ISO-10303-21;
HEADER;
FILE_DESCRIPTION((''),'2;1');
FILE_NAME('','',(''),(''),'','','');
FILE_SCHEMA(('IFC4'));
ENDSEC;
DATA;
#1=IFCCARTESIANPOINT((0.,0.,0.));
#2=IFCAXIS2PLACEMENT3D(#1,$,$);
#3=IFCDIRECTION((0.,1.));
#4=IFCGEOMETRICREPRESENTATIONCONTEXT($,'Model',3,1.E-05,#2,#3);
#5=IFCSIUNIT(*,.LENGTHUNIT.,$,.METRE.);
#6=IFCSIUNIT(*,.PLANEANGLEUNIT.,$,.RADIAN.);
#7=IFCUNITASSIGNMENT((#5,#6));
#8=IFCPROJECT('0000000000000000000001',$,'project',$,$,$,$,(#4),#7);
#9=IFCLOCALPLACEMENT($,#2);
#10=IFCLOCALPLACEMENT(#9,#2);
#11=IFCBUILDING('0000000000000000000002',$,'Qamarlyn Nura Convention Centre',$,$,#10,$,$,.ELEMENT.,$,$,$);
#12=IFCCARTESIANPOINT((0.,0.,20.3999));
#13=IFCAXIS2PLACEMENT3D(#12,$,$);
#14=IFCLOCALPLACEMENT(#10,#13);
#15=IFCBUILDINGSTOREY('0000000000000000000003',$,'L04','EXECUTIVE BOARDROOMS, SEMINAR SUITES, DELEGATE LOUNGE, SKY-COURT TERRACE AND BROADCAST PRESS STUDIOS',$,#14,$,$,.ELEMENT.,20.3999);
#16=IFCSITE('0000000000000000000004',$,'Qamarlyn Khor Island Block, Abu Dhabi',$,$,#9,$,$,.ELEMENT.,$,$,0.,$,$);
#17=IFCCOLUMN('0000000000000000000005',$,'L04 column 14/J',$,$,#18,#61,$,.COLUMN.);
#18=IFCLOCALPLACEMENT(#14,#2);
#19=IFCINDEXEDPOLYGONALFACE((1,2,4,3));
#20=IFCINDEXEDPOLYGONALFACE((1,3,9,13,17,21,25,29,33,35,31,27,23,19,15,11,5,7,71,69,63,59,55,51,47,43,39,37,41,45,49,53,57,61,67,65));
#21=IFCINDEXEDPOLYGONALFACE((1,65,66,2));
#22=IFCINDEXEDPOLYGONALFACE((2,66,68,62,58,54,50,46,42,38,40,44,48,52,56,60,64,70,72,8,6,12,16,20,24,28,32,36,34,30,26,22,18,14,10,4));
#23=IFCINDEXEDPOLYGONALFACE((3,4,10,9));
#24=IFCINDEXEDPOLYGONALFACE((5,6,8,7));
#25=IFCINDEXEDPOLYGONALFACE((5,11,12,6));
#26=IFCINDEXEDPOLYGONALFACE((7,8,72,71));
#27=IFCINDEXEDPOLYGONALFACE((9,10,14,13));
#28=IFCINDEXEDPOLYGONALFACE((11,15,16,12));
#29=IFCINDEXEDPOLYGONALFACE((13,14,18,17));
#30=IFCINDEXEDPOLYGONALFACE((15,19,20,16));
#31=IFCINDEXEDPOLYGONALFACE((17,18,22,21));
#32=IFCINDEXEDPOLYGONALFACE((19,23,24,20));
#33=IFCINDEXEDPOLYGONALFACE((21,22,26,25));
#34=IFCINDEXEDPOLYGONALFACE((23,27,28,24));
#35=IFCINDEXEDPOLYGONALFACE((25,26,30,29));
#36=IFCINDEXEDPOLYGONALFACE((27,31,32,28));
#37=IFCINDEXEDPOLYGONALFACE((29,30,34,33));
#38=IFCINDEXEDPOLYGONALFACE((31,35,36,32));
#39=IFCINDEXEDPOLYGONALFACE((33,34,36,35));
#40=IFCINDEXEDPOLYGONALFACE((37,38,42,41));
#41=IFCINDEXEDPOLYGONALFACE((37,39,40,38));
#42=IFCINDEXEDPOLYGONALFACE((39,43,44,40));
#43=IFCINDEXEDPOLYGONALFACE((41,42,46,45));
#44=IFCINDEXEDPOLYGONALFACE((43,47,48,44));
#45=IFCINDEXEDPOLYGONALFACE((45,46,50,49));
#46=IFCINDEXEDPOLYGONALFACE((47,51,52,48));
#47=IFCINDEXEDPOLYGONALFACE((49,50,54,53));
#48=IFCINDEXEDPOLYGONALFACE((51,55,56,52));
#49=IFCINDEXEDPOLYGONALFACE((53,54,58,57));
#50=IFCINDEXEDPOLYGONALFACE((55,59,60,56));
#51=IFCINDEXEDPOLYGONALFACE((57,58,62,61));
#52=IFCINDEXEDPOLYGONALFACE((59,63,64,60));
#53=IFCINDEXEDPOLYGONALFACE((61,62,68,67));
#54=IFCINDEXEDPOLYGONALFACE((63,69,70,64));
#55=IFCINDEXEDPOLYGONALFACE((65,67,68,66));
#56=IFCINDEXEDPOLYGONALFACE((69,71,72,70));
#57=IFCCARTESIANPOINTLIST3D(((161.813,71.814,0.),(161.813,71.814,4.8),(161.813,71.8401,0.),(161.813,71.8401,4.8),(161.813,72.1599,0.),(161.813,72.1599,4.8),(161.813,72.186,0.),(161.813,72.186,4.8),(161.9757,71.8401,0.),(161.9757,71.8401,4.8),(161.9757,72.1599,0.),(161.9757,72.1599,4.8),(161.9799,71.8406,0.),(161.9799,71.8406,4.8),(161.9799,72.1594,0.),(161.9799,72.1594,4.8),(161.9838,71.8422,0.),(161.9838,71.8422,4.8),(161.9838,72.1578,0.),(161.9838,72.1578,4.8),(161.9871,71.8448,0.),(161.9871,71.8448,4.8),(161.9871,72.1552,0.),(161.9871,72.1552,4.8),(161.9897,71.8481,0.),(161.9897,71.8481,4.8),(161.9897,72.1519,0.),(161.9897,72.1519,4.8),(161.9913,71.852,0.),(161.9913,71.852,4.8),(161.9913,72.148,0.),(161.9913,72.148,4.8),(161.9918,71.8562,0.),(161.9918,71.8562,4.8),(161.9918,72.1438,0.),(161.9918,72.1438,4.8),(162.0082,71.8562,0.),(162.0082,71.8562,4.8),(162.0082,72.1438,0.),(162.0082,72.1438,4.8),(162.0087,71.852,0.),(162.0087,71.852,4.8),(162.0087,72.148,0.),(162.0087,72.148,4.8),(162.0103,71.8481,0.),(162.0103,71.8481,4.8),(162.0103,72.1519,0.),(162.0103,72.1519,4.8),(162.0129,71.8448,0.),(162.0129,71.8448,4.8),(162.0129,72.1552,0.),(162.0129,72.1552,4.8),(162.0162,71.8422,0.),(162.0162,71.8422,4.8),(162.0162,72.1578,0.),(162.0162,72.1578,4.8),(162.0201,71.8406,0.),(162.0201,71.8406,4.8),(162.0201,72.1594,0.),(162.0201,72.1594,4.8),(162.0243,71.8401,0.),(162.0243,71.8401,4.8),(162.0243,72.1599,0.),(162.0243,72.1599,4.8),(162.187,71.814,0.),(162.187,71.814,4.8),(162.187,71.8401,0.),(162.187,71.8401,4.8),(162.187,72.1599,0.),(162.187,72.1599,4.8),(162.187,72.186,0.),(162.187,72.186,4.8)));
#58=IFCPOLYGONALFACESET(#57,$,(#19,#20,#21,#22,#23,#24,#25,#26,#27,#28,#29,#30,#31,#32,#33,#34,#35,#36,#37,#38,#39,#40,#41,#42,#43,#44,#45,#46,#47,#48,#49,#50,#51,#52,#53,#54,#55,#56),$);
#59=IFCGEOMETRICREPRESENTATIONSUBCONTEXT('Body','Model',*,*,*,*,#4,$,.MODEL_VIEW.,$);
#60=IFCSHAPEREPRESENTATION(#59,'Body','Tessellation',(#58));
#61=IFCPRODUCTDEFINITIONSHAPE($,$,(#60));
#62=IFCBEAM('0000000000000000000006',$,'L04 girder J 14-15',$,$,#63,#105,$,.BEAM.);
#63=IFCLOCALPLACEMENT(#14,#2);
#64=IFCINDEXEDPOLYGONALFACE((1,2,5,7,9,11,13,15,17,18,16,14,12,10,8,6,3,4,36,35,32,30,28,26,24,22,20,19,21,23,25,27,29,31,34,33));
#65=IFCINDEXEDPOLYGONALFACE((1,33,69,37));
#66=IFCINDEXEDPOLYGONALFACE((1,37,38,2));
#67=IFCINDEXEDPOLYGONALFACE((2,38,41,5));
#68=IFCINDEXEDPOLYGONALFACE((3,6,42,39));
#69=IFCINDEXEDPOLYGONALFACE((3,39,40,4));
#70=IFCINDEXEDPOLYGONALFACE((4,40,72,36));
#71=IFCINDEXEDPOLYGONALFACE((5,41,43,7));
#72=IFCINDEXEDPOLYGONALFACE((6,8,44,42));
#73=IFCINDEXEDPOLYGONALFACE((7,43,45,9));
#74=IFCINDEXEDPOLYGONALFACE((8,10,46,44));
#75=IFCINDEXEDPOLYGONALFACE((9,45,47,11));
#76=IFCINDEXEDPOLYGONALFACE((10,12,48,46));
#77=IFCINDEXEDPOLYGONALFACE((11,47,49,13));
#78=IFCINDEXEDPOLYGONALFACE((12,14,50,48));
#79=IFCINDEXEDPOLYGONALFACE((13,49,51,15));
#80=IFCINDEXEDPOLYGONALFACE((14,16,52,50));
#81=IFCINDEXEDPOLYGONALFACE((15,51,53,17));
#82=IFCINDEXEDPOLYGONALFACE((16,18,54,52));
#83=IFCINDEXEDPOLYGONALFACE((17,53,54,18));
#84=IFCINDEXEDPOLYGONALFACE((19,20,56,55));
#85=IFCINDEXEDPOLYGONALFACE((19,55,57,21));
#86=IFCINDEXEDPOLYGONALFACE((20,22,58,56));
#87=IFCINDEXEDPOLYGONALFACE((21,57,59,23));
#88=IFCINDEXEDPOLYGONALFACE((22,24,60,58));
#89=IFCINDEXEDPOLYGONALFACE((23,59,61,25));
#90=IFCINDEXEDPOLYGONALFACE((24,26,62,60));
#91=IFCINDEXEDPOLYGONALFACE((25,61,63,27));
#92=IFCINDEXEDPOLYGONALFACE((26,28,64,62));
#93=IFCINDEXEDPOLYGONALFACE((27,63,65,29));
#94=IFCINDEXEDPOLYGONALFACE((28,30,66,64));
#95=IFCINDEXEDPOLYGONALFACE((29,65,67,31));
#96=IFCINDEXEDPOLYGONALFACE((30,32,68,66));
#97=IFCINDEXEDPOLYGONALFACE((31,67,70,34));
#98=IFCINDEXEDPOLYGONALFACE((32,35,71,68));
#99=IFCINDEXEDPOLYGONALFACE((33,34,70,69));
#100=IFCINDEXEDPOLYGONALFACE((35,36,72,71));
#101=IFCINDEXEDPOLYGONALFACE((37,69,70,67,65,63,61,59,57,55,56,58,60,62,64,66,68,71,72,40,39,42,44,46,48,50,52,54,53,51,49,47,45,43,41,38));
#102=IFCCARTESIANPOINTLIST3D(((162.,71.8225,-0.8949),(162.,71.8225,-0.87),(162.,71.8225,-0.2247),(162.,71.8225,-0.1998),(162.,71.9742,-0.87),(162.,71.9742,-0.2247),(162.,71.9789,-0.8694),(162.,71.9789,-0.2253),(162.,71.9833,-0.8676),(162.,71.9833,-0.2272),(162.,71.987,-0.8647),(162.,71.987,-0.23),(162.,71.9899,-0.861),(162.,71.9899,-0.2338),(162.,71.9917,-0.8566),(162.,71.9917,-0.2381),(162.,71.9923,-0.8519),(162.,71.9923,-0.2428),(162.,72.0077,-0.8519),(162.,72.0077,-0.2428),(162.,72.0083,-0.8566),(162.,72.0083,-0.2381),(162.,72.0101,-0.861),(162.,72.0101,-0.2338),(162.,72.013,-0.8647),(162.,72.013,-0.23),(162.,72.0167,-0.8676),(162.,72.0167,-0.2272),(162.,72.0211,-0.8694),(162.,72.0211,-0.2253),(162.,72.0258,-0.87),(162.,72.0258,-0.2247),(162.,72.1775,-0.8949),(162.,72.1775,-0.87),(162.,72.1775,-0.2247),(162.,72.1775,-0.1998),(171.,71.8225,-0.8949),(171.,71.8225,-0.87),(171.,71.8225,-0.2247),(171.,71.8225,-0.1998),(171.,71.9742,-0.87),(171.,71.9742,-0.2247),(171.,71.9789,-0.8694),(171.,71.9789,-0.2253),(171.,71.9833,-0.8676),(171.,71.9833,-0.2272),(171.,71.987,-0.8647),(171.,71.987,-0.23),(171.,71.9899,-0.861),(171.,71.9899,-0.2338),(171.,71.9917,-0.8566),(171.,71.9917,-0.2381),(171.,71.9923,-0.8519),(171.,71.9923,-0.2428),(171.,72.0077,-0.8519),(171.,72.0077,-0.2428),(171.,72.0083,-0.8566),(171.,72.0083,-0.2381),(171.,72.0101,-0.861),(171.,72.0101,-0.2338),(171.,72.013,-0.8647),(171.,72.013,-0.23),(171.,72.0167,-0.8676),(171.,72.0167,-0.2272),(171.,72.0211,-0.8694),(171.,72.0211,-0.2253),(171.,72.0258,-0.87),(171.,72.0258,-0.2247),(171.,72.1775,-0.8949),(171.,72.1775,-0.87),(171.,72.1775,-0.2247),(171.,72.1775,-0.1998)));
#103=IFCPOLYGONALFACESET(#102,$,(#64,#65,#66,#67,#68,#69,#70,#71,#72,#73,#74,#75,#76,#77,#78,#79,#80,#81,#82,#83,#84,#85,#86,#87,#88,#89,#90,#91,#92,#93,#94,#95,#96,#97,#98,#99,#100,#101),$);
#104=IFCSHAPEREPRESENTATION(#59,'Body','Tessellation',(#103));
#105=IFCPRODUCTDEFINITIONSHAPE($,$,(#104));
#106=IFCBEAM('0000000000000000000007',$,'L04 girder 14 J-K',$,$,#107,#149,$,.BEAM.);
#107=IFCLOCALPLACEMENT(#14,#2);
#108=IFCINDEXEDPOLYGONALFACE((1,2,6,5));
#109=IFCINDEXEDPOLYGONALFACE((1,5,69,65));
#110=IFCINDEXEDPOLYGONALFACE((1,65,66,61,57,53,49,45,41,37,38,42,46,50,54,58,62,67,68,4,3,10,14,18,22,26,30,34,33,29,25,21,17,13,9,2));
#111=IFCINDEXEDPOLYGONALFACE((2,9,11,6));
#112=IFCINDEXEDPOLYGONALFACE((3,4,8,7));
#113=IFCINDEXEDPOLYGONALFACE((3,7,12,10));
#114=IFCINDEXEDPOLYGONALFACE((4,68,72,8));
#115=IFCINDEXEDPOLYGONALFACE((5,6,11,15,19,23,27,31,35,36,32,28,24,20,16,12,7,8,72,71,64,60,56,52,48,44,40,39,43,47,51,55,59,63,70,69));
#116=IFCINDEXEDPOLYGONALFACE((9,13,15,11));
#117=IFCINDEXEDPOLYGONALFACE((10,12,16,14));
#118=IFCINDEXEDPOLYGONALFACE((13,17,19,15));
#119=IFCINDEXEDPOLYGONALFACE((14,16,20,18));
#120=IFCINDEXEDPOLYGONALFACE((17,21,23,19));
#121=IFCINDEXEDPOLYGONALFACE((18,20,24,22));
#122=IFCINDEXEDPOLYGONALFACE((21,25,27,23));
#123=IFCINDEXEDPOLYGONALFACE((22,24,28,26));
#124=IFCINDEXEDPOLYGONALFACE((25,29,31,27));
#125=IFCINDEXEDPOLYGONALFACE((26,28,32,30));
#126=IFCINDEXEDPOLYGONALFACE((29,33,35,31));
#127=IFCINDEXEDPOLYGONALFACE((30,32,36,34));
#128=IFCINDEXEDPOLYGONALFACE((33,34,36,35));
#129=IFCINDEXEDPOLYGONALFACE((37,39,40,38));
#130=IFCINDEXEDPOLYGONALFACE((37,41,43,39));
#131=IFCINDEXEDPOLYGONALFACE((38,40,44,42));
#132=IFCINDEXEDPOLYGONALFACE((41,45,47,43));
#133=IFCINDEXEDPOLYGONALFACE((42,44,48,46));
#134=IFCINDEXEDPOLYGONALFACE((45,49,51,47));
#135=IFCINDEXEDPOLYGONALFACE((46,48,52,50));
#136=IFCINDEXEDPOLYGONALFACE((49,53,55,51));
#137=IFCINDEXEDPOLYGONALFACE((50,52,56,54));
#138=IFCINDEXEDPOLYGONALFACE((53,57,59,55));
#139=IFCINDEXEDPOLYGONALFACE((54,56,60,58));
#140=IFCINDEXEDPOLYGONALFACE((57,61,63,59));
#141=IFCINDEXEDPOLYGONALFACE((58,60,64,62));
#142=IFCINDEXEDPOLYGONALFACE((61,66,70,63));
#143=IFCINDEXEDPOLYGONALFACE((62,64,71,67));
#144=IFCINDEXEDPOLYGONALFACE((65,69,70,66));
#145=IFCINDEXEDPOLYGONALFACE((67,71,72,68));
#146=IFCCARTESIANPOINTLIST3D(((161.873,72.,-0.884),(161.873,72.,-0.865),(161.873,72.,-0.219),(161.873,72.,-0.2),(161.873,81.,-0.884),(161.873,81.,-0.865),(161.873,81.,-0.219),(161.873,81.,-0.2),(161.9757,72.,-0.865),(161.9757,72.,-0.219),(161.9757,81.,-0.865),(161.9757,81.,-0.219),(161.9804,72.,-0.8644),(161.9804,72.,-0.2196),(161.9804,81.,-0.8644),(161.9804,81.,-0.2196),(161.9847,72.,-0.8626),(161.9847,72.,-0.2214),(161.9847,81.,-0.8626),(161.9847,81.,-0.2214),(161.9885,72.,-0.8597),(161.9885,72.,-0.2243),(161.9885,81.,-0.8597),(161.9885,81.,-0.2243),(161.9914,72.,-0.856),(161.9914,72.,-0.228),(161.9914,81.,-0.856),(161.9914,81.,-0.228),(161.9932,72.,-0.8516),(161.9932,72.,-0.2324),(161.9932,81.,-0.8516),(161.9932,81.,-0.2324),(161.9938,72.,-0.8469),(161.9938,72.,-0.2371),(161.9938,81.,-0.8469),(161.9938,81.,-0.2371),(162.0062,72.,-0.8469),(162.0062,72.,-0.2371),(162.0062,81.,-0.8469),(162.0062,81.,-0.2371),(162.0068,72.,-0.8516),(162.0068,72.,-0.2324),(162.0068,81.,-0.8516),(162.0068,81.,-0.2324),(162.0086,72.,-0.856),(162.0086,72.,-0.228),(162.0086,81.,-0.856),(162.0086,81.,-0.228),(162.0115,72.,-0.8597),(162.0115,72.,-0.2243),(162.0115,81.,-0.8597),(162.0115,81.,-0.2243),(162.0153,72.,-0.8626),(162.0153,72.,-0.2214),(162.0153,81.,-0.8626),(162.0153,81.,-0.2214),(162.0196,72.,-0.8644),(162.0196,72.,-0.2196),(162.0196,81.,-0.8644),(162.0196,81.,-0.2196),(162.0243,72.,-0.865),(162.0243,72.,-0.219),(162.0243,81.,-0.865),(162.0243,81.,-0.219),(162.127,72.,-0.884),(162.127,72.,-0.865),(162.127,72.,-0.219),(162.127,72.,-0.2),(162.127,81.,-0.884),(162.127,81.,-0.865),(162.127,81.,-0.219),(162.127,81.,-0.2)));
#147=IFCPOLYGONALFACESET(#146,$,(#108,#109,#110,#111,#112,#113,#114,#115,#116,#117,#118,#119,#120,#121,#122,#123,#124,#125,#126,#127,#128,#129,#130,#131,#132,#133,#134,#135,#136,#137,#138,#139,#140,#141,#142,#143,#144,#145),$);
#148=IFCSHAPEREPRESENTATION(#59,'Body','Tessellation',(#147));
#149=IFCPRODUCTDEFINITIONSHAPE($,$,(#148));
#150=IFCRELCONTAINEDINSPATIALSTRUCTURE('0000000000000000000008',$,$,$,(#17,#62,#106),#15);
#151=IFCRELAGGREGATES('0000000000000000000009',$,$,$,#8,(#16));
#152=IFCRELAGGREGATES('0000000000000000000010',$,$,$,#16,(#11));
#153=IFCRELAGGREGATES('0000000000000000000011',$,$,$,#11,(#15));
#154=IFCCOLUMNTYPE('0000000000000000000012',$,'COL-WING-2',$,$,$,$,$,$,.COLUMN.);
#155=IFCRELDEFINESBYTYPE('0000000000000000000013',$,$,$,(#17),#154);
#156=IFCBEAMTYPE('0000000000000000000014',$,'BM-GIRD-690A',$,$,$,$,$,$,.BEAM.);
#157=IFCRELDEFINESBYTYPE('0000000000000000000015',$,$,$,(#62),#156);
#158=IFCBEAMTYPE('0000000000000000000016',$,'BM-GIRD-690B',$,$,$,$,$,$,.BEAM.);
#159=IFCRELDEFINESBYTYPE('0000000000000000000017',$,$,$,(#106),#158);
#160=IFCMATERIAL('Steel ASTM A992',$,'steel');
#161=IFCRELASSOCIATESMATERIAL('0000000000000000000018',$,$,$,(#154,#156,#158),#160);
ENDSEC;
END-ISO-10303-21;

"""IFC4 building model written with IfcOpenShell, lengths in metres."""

from ifc_helpers import new_model, si_unit, direction, frame, origin, origin_2d, place, context, subcontext, project, spatial, i_section, extrude, material, material_profile, profile_set, type_object, element, save


model = new_model("IFC4")

# Units and contexts
model_context = context("Model", 3, precision=1e-05, world=origin(), true_north=direction((0.0, 1.0)))
body_context = subcontext(model_context, "Body", "Model", "MODEL_VIEW")
ifc_project = project(units=[si_unit("LENGTHUNIT", "METRE"), si_unit("PLANEANGLEUNIT", "RADIAN")], contexts=[model_context])

# Site, building, storey
site_placement = place(None, origin())
site = spatial("IfcSite", under=ifc_project, at=site_placement, Name="Qamarlyn Khor Island Block, Abu Dhabi", CompositionType="ELEMENT", RefElevation=0.0)
building_placement = place(site_placement, origin())
building = spatial("IfcBuilding", under=site, at=building_placement, Name="Qamarlyn Nura Convention Centre", CompositionType="ELEMENT")
storey_placement = place(building_placement, frame((0.0, 0.0, 20.3999)))
storey = spatial("IfcBuildingStorey", under=building, at=storey_placement, Name="L04", Description="EXECUTIVE BOARDROOMS, SEMINAR SUITES, DELEGATE LOUNGE, SKY-COURT TERRACE AND BROADCAST PRESS STUDIOS", CompositionType="ELEMENT", Elevation=20.3999)

# Column
ifc_material_1 = material(Name="Steel ASTM A992", Category="steel")
ifc_material_profile_1 = material_profile(ifc_material_1, i_section(OverallWidth=0.374, OverallDepth=0.3721, WebThickness=0.0164, FlangeThickness=0.0261, FilletRadius=0.0161, at=origin_2d()), Name="W360X196")
ifc_profile_set_1 = profile_set([ifc_material_profile_1], Name="Steel ASTM A992")
column_type = type_object("IfcColumnType", Name="COL-WING-2", PredefinedType="COLUMN", material=ifc_profile_set_1)
column_placement = place(storey_placement, frame((162.0, 72.0, 0.0), z_axis=(0.0, 0.0, 1.0), x_axis=(1.0, 0.0, 0.0)))
element("IfcColumn", 1, at=column_placement, inside=storey, type_object=column_type, Name="L04 column 14/J", PredefinedType="COLUMN", context=body_context, shape_type="SweptSolid", body=[
    extrude(i_section(OverallWidth=0.374, OverallDepth=0.3721, WebThickness=0.0164, FlangeThickness=0.0261, FilletRadius=0.0161, at=origin_2d()), origin(), (0.0, 0.0, 1.0), 4.8),
])

# Beams
ifc_material_profile_2 = material_profile(ifc_material_1, i_section(OverallWidth=0.355, OverallDepth=0.6951, WebThickness=0.0154, FlangeThickness=0.0249, FilletRadius=0.0181, at=origin_2d()), Name="W690X217")
ifc_profile_set_2 = profile_set([ifc_material_profile_2], Name="Steel ASTM A992")
beam_type_1 = type_object("IfcBeamType", Name="BM-GIRD-690A", PredefinedType="BEAM", material=ifc_profile_set_2)
beam_1_placement = place(storey_placement, frame((162.0, 72.0, -0.5474), z_axis=(1.0, 0.0, 0.0), x_axis=(0.0, 1.0, 0.0)))
element("IfcBeam", 2, at=beam_1_placement, inside=storey, type_object=beam_type_1, Name="L04 girder J 14-15", PredefinedType="BEAM", context=body_context, shape_type="SweptSolid", body=[
    extrude(i_section(OverallWidth=0.355, OverallDepth=0.6951, WebThickness=0.0154, FlangeThickness=0.0249, FilletRadius=0.0181, at=origin_2d()), origin(), (0.0, 0.0, 1.0), 9.0),
])
ifc_material_profile_3 = material_profile(ifc_material_1, i_section(OverallWidth=0.2539, OverallDepth=0.6841, WebThickness=0.0125, FlangeThickness=0.019, FilletRadius=0.0181, at=origin_2d()), Name="W690X140")
ifc_profile_set_3 = profile_set([ifc_material_profile_3], Name="Steel ASTM A992")
beam_type_2 = type_object("IfcBeamType", Name="BM-GIRD-690B", PredefinedType="BEAM", material=ifc_profile_set_3)
beam_2_placement = place(storey_placement, frame((162.0, 72.0, -0.542), z_axis=(0.0, 1.0, 0.0), x_axis=(-1.0, 0.0, 0.0)))
element("IfcBeam", 3, at=beam_2_placement, inside=storey, type_object=beam_type_2, Name="L04 girder 14 J-K", PredefinedType="BEAM", context=body_context, shape_type="SweptSolid", body=[
    extrude(i_section(OverallWidth=0.2539, OverallDepth=0.6841, WebThickness=0.0125, FlangeThickness=0.019, FilletRadius=0.0181, at=origin_2d()), origin(), (0.0, 0.0, 1.0), 9.0),
])

save(model, "model.ifc")
